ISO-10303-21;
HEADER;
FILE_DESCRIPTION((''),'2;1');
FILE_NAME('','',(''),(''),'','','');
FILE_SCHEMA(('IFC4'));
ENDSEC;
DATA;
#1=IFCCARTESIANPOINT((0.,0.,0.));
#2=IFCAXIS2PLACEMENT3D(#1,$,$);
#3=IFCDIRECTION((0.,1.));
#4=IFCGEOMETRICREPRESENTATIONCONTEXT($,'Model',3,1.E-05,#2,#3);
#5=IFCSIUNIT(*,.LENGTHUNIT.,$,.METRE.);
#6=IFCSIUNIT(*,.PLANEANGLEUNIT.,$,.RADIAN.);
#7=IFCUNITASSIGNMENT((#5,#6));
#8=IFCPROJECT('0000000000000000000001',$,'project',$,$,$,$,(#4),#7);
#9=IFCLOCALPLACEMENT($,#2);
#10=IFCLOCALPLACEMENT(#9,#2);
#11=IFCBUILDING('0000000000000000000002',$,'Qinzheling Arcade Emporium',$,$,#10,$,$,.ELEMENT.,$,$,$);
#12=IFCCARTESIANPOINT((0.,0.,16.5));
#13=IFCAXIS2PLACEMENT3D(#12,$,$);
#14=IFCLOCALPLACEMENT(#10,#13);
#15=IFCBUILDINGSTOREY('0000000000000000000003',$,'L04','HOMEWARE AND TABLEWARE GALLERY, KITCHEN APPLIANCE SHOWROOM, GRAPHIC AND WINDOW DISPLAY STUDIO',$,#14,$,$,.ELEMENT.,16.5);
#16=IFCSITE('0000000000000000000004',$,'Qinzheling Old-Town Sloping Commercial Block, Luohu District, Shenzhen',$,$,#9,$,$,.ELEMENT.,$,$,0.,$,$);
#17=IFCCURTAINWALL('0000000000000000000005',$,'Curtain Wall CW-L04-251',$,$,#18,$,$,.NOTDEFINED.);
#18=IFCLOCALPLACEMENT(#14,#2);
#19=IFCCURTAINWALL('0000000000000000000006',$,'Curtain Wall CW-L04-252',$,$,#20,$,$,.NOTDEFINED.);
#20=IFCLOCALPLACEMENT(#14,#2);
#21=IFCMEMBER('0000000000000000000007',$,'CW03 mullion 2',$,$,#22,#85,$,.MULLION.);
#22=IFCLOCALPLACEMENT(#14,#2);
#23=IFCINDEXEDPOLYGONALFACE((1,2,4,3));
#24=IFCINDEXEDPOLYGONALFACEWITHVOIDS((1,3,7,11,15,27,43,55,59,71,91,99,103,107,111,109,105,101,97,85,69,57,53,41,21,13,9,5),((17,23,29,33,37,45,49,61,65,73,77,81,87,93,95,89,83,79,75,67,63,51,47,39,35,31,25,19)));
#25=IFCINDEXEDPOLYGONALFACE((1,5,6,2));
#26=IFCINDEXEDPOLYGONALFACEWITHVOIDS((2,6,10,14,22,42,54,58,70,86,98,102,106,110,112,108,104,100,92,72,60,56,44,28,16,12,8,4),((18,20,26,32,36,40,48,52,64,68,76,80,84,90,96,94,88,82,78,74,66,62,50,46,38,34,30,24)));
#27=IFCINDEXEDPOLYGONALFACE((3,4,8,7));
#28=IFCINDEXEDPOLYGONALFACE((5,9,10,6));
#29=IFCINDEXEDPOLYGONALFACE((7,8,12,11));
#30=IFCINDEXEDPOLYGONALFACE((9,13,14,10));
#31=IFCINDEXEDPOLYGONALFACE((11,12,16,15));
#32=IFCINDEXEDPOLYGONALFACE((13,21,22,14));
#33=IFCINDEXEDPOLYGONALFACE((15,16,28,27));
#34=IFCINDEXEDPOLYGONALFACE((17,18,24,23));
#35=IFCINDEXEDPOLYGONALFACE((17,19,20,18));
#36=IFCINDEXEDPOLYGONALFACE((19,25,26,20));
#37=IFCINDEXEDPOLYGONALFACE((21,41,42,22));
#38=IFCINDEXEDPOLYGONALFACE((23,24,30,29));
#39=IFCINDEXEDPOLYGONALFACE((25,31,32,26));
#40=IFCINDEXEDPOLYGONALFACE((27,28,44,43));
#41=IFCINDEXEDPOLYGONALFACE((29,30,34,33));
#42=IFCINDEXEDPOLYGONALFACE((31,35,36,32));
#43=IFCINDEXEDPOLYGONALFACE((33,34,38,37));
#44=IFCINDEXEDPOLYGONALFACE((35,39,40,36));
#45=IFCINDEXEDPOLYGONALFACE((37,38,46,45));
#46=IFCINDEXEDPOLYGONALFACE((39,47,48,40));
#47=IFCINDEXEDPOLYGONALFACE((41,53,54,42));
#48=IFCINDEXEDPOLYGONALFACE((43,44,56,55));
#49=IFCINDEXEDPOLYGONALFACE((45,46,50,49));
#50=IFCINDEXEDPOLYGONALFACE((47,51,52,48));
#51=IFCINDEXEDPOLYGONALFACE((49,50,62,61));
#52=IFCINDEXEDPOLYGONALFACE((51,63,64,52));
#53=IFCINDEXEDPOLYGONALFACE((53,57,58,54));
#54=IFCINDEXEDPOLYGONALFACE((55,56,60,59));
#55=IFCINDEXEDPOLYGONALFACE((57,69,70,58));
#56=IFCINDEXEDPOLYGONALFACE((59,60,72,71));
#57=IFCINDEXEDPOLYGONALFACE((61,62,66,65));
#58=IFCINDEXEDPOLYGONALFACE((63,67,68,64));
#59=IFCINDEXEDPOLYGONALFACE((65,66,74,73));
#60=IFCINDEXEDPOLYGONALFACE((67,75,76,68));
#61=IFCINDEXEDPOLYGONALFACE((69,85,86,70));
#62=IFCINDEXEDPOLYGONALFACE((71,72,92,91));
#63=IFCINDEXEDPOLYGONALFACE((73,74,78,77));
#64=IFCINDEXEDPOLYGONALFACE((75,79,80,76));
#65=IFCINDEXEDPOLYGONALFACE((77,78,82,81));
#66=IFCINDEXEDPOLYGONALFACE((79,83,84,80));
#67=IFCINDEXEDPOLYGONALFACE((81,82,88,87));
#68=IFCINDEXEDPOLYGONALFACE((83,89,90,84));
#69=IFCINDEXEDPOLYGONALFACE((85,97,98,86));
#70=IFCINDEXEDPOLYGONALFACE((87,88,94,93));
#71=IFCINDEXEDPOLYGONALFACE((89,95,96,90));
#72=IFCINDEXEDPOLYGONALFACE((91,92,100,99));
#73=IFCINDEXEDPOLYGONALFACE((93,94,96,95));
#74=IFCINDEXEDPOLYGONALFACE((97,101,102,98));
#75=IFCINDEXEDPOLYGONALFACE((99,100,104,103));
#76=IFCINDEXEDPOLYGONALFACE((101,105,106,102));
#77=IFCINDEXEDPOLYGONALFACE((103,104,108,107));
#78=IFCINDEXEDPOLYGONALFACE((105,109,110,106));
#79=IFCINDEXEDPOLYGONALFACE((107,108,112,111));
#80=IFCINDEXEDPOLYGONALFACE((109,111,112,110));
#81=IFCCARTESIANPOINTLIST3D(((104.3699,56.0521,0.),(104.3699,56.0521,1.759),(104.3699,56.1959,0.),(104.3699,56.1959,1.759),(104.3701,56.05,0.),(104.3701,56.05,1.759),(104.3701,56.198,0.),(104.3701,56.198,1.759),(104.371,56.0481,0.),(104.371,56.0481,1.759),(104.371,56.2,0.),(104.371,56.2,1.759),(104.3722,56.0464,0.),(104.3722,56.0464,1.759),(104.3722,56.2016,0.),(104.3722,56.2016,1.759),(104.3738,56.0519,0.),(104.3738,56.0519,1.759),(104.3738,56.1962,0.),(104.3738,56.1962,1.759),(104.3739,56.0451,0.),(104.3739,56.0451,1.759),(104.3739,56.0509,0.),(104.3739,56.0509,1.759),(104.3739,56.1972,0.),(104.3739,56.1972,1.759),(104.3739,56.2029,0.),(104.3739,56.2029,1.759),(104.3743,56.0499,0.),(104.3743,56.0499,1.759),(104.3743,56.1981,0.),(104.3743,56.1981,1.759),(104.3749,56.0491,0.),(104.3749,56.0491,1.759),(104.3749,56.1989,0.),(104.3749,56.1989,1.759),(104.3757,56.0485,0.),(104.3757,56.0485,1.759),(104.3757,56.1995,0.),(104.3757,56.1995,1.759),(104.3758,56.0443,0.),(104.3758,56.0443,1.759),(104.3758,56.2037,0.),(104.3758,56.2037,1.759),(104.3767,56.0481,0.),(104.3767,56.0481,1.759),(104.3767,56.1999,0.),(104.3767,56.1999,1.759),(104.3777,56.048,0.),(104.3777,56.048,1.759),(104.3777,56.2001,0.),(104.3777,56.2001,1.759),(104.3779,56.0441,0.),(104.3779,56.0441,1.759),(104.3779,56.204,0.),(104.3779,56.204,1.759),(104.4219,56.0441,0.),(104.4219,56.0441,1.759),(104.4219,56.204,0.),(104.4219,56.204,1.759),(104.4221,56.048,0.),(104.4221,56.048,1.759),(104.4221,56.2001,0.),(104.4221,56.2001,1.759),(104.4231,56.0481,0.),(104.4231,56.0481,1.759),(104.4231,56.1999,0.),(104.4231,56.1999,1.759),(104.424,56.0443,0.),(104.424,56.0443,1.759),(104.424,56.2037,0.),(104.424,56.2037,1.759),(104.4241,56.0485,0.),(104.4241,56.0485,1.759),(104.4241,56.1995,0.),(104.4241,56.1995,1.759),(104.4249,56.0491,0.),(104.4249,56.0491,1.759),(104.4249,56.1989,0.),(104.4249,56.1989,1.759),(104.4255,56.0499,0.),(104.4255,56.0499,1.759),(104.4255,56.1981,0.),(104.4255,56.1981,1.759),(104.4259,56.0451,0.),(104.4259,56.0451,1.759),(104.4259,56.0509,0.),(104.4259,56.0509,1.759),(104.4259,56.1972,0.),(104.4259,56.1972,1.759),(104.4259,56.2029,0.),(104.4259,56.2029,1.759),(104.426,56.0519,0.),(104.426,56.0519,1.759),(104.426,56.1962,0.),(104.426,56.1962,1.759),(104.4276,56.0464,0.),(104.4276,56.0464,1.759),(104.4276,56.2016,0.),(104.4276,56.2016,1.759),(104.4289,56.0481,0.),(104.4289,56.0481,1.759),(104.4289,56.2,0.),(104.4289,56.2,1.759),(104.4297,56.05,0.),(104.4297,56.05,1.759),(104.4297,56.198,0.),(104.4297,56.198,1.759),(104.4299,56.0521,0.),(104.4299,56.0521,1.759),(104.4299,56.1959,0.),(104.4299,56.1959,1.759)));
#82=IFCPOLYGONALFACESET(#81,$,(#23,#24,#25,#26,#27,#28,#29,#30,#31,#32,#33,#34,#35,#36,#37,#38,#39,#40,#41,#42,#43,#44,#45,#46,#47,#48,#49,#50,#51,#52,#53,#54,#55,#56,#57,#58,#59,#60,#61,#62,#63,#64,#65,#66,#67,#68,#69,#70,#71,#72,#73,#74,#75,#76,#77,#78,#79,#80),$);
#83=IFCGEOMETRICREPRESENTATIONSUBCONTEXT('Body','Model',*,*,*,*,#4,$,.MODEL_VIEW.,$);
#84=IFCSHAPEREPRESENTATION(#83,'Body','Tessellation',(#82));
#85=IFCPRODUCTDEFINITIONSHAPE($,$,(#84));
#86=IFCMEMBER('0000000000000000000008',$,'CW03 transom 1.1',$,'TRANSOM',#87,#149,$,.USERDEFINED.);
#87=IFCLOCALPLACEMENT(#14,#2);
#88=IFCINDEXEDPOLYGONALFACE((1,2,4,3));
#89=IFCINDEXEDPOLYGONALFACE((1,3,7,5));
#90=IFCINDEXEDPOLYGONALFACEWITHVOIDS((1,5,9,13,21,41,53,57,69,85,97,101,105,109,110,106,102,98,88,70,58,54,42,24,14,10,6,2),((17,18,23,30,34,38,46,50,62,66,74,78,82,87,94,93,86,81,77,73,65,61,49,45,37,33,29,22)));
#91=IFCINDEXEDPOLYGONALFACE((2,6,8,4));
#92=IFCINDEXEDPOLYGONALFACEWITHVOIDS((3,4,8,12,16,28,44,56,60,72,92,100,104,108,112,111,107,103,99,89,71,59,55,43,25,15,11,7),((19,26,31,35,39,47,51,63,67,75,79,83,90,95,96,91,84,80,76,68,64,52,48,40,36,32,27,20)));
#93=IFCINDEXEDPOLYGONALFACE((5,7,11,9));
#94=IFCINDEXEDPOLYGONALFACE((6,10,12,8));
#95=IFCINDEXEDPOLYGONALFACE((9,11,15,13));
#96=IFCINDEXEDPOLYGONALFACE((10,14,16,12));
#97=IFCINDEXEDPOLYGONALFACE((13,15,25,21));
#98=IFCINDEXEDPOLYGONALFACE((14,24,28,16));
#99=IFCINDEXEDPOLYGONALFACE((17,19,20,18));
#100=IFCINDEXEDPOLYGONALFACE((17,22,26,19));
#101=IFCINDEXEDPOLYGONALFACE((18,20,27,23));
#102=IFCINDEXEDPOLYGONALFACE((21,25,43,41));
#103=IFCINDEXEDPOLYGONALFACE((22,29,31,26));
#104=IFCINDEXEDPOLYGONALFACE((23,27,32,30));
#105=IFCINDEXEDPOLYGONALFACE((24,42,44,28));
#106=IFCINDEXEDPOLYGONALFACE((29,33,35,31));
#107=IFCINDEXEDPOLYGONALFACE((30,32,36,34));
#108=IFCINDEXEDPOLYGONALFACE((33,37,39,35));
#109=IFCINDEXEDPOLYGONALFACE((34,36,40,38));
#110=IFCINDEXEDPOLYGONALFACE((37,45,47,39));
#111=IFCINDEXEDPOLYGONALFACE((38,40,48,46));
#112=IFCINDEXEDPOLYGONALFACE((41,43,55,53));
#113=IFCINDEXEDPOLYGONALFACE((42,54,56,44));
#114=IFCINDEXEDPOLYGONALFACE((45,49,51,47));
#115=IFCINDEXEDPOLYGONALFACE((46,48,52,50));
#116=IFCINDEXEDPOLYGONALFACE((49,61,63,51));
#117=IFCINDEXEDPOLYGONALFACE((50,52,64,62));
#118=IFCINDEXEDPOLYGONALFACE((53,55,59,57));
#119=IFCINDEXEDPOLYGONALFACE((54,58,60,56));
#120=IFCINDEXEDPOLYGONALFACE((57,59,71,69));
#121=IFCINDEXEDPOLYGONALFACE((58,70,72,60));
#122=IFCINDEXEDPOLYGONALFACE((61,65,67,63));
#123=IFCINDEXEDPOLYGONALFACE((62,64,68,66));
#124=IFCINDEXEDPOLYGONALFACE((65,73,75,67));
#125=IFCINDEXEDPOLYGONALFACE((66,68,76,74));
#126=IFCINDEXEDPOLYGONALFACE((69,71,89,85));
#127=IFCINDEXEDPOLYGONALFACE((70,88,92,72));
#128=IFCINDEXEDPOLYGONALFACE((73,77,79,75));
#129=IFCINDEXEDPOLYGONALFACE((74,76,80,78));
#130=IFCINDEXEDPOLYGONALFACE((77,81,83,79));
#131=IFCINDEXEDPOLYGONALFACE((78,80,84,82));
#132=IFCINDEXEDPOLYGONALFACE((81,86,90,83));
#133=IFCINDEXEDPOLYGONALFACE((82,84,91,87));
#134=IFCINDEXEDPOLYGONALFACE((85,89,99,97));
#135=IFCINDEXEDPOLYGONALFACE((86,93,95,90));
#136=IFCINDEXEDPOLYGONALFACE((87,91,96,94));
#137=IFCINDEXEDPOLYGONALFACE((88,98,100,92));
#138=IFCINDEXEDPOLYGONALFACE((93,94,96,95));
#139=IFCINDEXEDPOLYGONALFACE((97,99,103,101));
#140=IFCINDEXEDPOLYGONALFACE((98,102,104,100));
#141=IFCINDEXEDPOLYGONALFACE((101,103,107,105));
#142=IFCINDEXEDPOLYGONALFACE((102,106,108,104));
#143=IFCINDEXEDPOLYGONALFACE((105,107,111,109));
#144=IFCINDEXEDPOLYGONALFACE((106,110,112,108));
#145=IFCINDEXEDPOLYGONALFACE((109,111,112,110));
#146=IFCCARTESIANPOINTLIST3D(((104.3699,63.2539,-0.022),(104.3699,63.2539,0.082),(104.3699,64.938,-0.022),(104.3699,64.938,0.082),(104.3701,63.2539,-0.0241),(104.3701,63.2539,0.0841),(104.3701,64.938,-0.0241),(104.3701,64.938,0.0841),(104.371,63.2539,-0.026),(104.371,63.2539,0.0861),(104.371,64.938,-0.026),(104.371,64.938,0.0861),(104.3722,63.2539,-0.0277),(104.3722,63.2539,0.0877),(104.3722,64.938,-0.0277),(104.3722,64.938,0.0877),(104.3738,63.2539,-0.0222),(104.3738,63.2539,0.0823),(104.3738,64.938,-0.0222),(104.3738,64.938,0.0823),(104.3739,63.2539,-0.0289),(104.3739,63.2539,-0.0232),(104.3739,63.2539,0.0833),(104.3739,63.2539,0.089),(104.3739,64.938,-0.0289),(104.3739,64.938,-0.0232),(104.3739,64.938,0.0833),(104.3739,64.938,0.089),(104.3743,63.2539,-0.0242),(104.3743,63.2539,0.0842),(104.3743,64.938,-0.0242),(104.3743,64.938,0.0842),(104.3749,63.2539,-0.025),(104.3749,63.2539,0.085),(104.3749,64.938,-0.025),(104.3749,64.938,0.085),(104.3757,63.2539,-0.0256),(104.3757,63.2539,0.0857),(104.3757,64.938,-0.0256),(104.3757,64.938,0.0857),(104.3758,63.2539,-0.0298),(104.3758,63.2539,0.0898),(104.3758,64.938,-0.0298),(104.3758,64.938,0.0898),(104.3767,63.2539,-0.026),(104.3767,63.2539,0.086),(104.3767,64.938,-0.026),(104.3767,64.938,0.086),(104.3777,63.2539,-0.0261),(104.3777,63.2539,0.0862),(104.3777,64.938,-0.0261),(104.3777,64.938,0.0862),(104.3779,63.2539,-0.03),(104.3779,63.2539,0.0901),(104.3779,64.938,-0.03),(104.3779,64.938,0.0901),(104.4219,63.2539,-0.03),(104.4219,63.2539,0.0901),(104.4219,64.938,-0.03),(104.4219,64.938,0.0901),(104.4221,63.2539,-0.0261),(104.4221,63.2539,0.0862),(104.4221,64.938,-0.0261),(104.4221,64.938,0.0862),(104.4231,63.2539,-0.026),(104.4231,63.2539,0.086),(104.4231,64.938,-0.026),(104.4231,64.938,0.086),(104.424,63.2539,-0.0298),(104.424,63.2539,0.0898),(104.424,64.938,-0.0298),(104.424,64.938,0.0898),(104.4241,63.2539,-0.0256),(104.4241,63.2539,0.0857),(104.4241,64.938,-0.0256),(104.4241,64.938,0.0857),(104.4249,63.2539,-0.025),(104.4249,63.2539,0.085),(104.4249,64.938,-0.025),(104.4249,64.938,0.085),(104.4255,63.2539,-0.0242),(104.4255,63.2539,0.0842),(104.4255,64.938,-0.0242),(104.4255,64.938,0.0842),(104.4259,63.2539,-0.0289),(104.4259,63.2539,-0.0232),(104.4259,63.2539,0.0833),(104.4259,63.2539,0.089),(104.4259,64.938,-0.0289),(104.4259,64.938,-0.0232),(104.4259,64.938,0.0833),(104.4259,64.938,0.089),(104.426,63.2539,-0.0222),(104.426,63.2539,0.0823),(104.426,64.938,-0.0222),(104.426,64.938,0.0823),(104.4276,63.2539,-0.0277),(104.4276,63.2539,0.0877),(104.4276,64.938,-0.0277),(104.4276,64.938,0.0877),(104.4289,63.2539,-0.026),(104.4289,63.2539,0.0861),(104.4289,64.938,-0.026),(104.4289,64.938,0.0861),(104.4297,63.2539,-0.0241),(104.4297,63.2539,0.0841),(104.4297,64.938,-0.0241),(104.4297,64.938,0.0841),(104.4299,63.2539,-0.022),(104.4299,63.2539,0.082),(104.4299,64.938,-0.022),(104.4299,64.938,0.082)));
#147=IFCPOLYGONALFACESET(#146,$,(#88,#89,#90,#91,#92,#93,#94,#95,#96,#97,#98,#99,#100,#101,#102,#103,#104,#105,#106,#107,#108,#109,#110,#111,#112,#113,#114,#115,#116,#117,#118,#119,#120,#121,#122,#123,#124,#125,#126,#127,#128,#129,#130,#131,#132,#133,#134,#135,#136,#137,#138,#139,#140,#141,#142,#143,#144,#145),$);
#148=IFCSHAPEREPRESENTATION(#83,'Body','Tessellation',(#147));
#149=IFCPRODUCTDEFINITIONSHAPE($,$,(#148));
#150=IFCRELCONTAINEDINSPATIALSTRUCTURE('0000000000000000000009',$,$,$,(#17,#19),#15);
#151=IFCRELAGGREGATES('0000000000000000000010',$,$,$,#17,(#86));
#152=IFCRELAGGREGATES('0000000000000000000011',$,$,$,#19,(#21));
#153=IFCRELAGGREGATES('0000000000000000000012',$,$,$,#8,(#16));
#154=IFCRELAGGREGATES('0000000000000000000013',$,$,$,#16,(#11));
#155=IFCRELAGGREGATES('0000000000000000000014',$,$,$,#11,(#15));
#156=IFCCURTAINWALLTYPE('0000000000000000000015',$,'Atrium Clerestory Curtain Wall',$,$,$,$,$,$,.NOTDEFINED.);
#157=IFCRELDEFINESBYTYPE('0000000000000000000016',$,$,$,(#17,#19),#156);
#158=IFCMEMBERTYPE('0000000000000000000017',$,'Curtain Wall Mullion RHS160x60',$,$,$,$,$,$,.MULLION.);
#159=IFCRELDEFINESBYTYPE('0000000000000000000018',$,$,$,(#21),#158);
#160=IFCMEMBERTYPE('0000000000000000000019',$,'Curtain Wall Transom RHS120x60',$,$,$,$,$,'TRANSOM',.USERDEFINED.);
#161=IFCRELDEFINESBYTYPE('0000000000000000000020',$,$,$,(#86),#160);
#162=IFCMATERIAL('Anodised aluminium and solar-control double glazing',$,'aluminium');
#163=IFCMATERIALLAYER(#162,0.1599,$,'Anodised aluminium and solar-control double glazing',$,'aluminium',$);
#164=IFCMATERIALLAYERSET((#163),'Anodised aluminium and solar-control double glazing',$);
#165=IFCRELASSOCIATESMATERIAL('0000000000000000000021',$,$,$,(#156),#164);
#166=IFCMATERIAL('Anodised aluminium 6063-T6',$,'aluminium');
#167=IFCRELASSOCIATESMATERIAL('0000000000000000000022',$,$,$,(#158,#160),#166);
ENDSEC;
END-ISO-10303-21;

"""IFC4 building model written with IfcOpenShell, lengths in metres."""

from ifc_helpers import new_model, si_unit, direction, frame, origin, origin_2d, place, context, subcontext, project, spatial, hollow_rectangle, extrude, material, layer, layer_set, material_profile, profile_set, type_object, element, aggregate, save


model = new_model("IFC4")

# Units and contexts
model_context = context("Model", 3, precision=1e-05, world=origin(), true_north=direction((0.0, 1.0)))
body_context = subcontext(model_context, "Body", "Model", "MODEL_VIEW")
ifc_project = project(units=[si_unit("LENGTHUNIT", "METRE"), si_unit("PLANEANGLEUNIT", "RADIAN")], contexts=[model_context])

# Site, building, storey
site_placement = place(None, origin())
site = spatial("IfcSite", under=ifc_project, at=site_placement, Name="Qinzheling Old-Town Sloping Commercial Block, Luohu District, Shenzhen", CompositionType="ELEMENT", RefElevation=0.0)
building_placement = place(site_placement, origin())
building = spatial("IfcBuilding", under=site, at=building_placement, Name="Qinzheling Arcade Emporium", CompositionType="ELEMENT")
storey_placement = place(building_placement, frame((0.0, 0.0, 16.5)))
storey = spatial("IfcBuildingStorey", under=building, at=storey_placement, Name="L04", Description="HOMEWARE AND TABLEWARE GALLERY, KITCHEN APPLIANCE SHOWROOM, GRAPHIC AND WINDOW DISPLAY STUDIO", CompositionType="ELEMENT", Elevation=16.5)

# Curtain walls, member
ifc_material_1 = material(Name="Anodised aluminium and solar-control double glazing", Category="aluminium")
ifc_layer_1 = layer(ifc_material_1, 0.1599, Name="Anodised aluminium and solar-control double glazing", Category="aluminium")
ifc_layer_set_1 = layer_set([ifc_layer_1], Name="Anodised aluminium and solar-control double glazing")
curtain_wall_type = type_object("IfcCurtainWallType", Name="Atrium Clerestory Curtain Wall", PredefinedType="NOTDEFINED", material=ifc_layer_set_1)
curtain_wall_1_placement = place(storey_placement, origin())
curtain_wall_1 = element("IfcCurtainWall", 1, at=curtain_wall_1_placement, inside=storey, type_object=curtain_wall_type, Name="Curtain Wall CW-L04-251", PredefinedType="NOTDEFINED")
ifc_material_2 = material(Name="Anodised aluminium 6063-T6", Category="aluminium")
ifc_material_profile_1 = material_profile(ifc_material_2, hollow_rectangle(XDim=0.0601, YDim=0.1599, WallThickness=0.0039, InnerFilletRadius=0.0039, OuterFilletRadius=0.0081, at=origin_2d()), Name="RHS 160x60x4", Category="aluminium")
ifc_profile_set_1 = profile_set([ifc_material_profile_1], Name="Anodised aluminium 6063-T6")
member_type_1 = type_object("IfcMemberType", Name="Curtain Wall Mullion RHS160x60", PredefinedType="MULLION", material=ifc_profile_set_1)
curtain_wall_2_placement = place(storey_placement, origin())
curtain_wall_2 = element("IfcCurtainWall", 2, at=curtain_wall_2_placement, inside=storey, type_object=curtain_wall_type, Name="Curtain Wall CW-L04-252", PredefinedType="NOTDEFINED")
member_1_placement = place(storey_placement, frame((104.3999, 56.124, 0.0), z_axis=(0.0, 0.0, 1.0), x_axis=(1.0, 0.0, 0.0)))
member_1 = element("IfcMember", 3, at=member_1_placement, type_object=member_type_1, Name="CW03 mullion 2", PredefinedType="MULLION", context=body_context, shape_type="SweptSolid", body=[
    extrude(hollow_rectangle(XDim=0.0601, YDim=0.1599, WallThickness=0.0039, InnerFilletRadius=0.0039, OuterFilletRadius=0.0081, at=origin_2d()), origin(), (0.0, 0.0, 1.0), 1.759),
])

# Member
ifc_material_profile_2 = material_profile(ifc_material_2, hollow_rectangle(XDim=0.0601, YDim=0.1201, WallThickness=0.0039, InnerFilletRadius=0.0039, OuterFilletRadius=0.0081, at=origin_2d()), Name="RHS 120x60x4", Category="aluminium")
ifc_profile_set_2 = profile_set([ifc_material_profile_2], Name="Anodised aluminium 6063-T6")
member_type_2 = type_object("IfcMemberType", Name="Curtain Wall Transom RHS120x60", ElementType="TRANSOM", PredefinedType="USERDEFINED", material=ifc_profile_set_2)
member_2_placement = place(storey_placement, frame((104.3999, 64.938, 0.03), z_axis=(0.0, -1.0, 0.0), x_axis=(1.0, 0.0, 0.0)))
member_2 = element("IfcMember", 4, at=member_2_placement, type_object=member_type_2, Name="CW03 transom 1.1", ObjectType="TRANSOM", PredefinedType="USERDEFINED", context=body_context, shape_type="SweptSolid", body=[
    extrude(hollow_rectangle(XDim=0.0601, YDim=0.1201, WallThickness=0.0039, InnerFilletRadius=0.0039, OuterFilletRadius=0.0081, at=origin_2d()), origin(), (0.0, 0.0, 1.0), 1.6841),
])

aggregate(curtain_wall_1, [member_2])
aggregate(curtain_wall_2, [member_1])

save(model, "model.ifc")
